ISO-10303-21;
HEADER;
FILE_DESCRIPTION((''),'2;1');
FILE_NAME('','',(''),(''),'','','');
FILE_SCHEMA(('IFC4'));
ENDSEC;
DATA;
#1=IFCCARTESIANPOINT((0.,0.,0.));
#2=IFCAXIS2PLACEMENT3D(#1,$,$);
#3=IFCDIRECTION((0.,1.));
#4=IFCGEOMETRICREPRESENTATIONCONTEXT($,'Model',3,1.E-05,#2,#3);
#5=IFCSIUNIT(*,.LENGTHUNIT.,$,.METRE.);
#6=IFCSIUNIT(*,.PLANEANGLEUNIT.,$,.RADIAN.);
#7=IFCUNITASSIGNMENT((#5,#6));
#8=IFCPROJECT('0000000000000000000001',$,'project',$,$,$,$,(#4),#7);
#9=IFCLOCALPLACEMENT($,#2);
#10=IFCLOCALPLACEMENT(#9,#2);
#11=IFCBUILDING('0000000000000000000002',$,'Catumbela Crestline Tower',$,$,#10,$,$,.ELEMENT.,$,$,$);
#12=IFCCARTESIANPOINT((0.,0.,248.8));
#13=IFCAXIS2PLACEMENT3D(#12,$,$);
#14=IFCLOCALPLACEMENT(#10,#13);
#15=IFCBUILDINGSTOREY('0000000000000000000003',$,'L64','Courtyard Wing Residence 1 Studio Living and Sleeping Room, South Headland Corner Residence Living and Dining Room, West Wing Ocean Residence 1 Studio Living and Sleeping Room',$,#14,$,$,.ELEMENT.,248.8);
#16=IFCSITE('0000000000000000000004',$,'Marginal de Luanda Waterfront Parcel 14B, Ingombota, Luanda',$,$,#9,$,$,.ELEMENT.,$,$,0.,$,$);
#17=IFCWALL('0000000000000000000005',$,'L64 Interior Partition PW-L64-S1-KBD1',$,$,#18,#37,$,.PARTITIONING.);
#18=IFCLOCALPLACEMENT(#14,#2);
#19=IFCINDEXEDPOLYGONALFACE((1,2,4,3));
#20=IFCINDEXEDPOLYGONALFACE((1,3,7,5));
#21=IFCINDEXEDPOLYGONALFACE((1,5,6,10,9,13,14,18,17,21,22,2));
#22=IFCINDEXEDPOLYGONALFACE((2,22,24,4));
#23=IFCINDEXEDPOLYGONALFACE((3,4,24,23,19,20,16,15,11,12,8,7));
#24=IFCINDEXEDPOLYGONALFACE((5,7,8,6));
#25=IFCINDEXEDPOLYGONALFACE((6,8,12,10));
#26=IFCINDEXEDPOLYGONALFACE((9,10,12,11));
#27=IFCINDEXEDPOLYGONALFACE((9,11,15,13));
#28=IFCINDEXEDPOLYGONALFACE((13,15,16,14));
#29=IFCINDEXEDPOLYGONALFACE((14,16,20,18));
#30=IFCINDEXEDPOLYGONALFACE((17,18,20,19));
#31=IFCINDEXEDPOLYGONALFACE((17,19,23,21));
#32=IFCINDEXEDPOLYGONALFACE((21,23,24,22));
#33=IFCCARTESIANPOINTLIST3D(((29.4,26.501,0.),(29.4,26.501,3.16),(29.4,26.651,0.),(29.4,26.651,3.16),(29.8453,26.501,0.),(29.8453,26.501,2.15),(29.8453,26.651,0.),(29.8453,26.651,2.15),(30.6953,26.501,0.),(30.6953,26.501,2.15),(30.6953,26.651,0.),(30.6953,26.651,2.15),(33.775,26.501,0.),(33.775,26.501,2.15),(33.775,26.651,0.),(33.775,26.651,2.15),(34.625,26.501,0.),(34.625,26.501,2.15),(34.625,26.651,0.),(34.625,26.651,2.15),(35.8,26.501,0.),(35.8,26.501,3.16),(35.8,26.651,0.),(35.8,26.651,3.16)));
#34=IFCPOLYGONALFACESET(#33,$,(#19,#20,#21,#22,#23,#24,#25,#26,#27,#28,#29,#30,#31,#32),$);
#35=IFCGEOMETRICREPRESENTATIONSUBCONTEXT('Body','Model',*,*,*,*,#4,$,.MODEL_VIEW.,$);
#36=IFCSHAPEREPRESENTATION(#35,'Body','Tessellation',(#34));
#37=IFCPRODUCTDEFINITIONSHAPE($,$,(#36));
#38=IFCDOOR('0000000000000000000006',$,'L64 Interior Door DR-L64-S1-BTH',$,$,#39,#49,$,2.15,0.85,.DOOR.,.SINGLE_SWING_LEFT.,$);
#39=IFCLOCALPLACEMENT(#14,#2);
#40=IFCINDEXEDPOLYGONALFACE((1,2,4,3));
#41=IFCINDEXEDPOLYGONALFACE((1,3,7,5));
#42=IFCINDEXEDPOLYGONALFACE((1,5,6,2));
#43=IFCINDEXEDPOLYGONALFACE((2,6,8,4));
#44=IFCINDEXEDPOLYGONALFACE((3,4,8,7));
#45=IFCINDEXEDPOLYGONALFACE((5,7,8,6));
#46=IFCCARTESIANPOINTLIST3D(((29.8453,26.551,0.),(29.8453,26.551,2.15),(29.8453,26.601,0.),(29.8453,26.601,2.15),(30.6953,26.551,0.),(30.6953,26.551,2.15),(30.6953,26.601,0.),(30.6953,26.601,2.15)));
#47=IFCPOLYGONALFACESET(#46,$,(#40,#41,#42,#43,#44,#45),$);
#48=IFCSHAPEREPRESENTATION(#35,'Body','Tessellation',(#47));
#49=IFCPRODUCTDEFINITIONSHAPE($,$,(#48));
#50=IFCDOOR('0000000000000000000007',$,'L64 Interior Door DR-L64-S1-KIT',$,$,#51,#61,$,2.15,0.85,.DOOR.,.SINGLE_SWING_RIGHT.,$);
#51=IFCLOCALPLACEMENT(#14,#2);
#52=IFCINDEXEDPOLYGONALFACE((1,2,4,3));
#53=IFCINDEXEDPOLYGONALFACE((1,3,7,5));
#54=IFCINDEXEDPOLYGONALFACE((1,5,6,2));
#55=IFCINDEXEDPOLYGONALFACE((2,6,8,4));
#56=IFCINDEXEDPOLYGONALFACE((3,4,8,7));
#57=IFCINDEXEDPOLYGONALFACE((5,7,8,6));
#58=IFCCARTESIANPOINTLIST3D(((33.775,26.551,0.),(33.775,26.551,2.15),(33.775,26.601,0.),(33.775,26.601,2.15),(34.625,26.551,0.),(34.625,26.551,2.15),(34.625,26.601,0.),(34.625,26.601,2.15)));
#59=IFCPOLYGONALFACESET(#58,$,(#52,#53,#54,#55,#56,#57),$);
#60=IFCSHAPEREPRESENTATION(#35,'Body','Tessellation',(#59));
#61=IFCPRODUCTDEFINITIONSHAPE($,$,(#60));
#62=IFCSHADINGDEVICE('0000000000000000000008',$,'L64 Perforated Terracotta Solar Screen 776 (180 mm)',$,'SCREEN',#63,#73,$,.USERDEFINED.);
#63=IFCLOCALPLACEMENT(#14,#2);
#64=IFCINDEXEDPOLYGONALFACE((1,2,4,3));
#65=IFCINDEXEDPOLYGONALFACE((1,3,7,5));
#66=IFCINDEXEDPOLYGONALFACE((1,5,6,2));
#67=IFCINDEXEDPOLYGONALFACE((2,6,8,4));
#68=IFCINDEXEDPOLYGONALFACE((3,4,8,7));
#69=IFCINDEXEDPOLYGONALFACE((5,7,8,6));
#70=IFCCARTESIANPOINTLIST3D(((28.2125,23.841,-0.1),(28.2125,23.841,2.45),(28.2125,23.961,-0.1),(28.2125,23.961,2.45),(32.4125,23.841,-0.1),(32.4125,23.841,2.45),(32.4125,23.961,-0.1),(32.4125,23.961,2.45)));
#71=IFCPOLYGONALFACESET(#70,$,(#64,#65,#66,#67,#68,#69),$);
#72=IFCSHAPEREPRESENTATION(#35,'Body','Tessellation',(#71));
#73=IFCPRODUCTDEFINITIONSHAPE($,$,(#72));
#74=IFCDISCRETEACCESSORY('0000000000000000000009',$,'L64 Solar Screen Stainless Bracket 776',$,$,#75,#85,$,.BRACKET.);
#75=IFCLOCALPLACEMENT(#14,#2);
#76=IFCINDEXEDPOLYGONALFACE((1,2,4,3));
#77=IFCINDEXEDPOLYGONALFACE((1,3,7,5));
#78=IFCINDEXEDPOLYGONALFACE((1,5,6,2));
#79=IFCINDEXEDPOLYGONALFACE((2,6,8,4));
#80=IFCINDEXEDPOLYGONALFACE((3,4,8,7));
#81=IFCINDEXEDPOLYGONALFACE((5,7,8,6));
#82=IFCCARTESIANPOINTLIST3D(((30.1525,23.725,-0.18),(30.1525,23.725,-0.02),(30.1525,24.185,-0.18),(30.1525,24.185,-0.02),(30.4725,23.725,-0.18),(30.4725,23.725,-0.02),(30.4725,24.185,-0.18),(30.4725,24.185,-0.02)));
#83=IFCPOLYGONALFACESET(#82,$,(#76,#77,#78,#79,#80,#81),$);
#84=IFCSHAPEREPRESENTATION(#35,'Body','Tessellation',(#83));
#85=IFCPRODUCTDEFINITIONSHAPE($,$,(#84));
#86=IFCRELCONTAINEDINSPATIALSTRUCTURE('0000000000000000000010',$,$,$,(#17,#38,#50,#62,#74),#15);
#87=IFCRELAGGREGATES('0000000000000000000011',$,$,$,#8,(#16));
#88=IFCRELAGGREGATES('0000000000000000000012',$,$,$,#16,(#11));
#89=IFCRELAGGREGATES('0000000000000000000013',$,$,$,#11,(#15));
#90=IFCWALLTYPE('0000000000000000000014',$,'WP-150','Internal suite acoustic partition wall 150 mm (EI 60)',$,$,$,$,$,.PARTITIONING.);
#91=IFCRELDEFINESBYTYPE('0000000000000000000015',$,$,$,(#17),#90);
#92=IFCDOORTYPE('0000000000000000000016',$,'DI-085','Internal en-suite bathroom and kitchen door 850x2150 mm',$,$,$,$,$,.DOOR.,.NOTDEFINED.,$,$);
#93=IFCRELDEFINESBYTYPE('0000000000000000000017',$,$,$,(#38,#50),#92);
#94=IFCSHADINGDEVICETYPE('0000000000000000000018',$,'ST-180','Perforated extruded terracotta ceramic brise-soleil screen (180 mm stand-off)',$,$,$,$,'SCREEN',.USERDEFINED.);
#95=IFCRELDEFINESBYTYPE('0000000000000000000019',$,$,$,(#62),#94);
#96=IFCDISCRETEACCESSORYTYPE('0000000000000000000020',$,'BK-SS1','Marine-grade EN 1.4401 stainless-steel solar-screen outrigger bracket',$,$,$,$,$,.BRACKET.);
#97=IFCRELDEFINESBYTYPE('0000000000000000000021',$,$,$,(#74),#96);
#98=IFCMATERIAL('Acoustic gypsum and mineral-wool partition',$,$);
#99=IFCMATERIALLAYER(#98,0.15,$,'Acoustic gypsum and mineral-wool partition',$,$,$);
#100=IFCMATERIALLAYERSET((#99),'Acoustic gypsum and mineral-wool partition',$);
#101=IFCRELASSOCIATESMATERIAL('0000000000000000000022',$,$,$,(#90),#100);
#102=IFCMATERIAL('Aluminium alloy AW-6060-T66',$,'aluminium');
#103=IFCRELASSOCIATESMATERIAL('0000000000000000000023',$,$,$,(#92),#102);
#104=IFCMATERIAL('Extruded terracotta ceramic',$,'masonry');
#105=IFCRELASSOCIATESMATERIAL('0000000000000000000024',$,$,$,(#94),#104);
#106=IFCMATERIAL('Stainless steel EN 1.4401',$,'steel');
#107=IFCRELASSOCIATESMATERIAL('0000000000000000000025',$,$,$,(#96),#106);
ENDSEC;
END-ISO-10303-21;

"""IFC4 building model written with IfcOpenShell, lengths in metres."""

from ifc_helpers import new_model, si_unit, direction, frame, frame_2d, origin, origin_2d, place, context, subcontext, project, spatial, rectangle, extrude, material, layer, layer_set, type_object, element, fill, save


model = new_model("IFC4")

# Units and contexts
model_context = context("Model", 3, precision=1e-05, world=origin(), true_north=direction((0.0, 1.0)))
body_context = subcontext(model_context, "Body", "Model", "MODEL_VIEW")
ifc_project = project(units=[si_unit("LENGTHUNIT", "METRE"), si_unit("PLANEANGLEUNIT", "RADIAN")], contexts=[model_context])

# Site, building, storey
site_placement = place(None, origin())
site = spatial("IfcSite", under=ifc_project, at=site_placement, Name="Marginal de Luanda Waterfront Parcel 14B, Ingombota, Luanda", CompositionType="ELEMENT", RefElevation=0.0)
building_placement = place(site_placement, origin())
building = spatial("IfcBuilding", under=site, at=building_placement, Name="Catumbela Crestline Tower", CompositionType="ELEMENT")
storey_placement = place(building_placement, frame((0.0, 0.0, 248.8)))
storey = spatial("IfcBuildingStorey", under=building, at=storey_placement, Name="L64", Description="Courtyard Wing Residence 1 Studio Living and Sleeping Room, South Headland Corner Residence Living and Dining Room, West Wing Ocean Residence 1 Studio Living and Sleeping Room", CompositionType="ELEMENT", Elevation=248.8)

# Shared definitions
ifc_material_1 = material(Name="Aluminium alloy AW-6060-T66", Category="aluminium")

# Shared definitions
ifc_material_2 = material(Name="Acoustic gypsum and mineral-wool partition")
ifc_layer_1 = layer(ifc_material_2, 0.15, Name="Acoustic gypsum and mineral-wool partition")
ifc_layer_set_1 = layer_set([ifc_layer_1], Name="Acoustic gypsum and mineral-wool partition")
wall_type_1 = type_object("IfcWallType", Name="WP-150", Description="Internal suite acoustic partition wall 150 mm (EI 60)", PredefinedType="PARTITIONING", material=ifc_layer_set_1)

# Wall, openings, doors
wall_1_placement = place(storey_placement, frame((29.4, 26.576, 0.0), z_axis=(0.0, 0.0, 1.0), x_axis=(1.0, 0.0, 0.0)))
wall_1 = element("IfcWall", 1, at=wall_1_placement, inside=storey, type_object=wall_type_1, Name="L64 Interior Partition PW-L64-S1-KBD1", PredefinedType="PARTITIONING", context=body_context, shape_type="SweptSolid", body=[
    extrude(rectangle(XDim=6.4, YDim=0.15, at=frame_2d((3.2, 0.0))), origin(), (0.0, 0.0, 1.0), 3.16),
])
opening_1_placement = place(wall_1_placement, frame((0.4453, 0.0, 0.0)))
opening_1 = element("IfcOpeningElement", 2, at=opening_1_placement, cuts=wall_1, PredefinedType="OPENING", context=body_context, shape_type="SweptSolid", body=[
    extrude(rectangle(XDim=0.85, YDim=2.15, at=frame_2d((0.425, 1.075))), frame((0.0, 0.085, 0.0), z_axis=(0.0, -1.0, 0.0), x_axis=(1.0, 0.0, 0.0)), (0.0, 0.0, 1.0), 0.17),
])
opening_2_placement = place(wall_1_placement, frame((4.375, 0.0, 0.0)))
opening_2 = element("IfcOpeningElement", 3, at=opening_2_placement, cuts=wall_1, PredefinedType="OPENING", context=body_context, shape_type="SweptSolid", body=[
    extrude(rectangle(XDim=0.85, YDim=2.15, at=frame_2d((0.425, 1.075))), frame((0.0, 0.085, 0.0), z_axis=(0.0, -1.0, 0.0), x_axis=(1.0, 0.0, 0.0)), (0.0, 0.0, 1.0), 0.17),
])
door_type_1 = type_object("IfcDoorType", Name="DI-085", Description="Internal en-suite bathroom and kitchen door 850x2150 mm", OperationType="NOTDEFINED", PredefinedType="DOOR", material=ifc_material_1)
door_1_placement = place(opening_1_placement, origin())
door_1 = element("IfcDoor", 4, at=door_1_placement, inside=storey, type_object=door_type_1, Name="L64 Interior Door DR-L64-S1-BTH", OperationType="SINGLE_SWING_LEFT", OverallHeight=2.15, OverallWidth=0.85, PredefinedType="DOOR", context=body_context, shape_type="SweptSolid", body=[
    extrude(rectangle(XDim=0.85, YDim=2.15, at=frame_2d((0.425, 1.075))), frame((0.0, 0.025, 0.0), z_axis=(0.0, -1.0, 0.0), x_axis=(1.0, 0.0, 0.0)), (0.0, 0.0, 1.0), 0.05),
])
fill(opening_1, door_1)
door_2_placement = place(opening_2_placement, origin())
door_2 = element("IfcDoor", 5, at=door_2_placement, inside=storey, type_object=door_type_1, Name="L64 Interior Door DR-L64-S1-KIT", OperationType="SINGLE_SWING_RIGHT", OverallHeight=2.15, OverallWidth=0.85, PredefinedType="DOOR", context=body_context, shape_type="SweptSolid", body=[
    extrude(rectangle(XDim=0.85, YDim=2.15, at=frame_2d((0.425, 1.075))), frame((0.0, 0.025, 0.0), z_axis=(0.0, -1.0, 0.0), x_axis=(1.0, 0.0, 0.0)), (0.0, 0.0, 1.0), 0.05),
])
fill(opening_2, door_2)

# Shading device
ifc_material_3 = material(Name="Extruded terracotta ceramic", Category="masonry")
shading_device_type = type_object("IfcShadingDeviceType", Name="ST-180", Description="Perforated extruded terracotta ceramic brise-soleil screen (180 mm stand-off)", ElementType="SCREEN", PredefinedType="USERDEFINED", material=ifc_material_3)
shading_device_placement = place(storey_placement, frame((30.3125, 23.901, -0.1), z_axis=(0.0, 0.0, 1.0), x_axis=(1.0, 0.0, 0.0)))
element("IfcShadingDevice", 6, at=shading_device_placement, inside=storey, type_object=shading_device_type, Name="L64 Perforated Terracotta Solar Screen 776 (180 mm)", ObjectType="SCREEN", PredefinedType="USERDEFINED", context=body_context, shape_type="SweptSolid", body=[
    extrude(rectangle(XDim=4.2, YDim=0.12, at=origin_2d()), origin(), (0.0, 0.0, 1.0), 2.55),
])

# Discrete accessory
ifc_material_4 = material(Name="Stainless steel EN 1.4401", Category="steel")
discrete_accessory_type = type_object("IfcDiscreteAccessoryType", Name="BK-SS1", Description="Marine-grade EN 1.4401 stainless-steel solar-screen outrigger bracket", PredefinedType="BRACKET", material=ifc_material_4)
discrete_accessory_placement = place(storey_placement, frame((30.3125, 23.955, -0.18), z_axis=(0.0, 0.0, 1.0), x_axis=(1.0, 0.0, 0.0)))
element("IfcDiscreteAccessory", 7, at=discrete_accessory_placement, inside=storey, type_object=discrete_accessory_type, Name="L64 Solar Screen Stainless Bracket 776", PredefinedType="BRACKET", context=body_context, shape_type="SweptSolid", body=[
    extrude(rectangle(XDim=0.32, YDim=0.46, at=origin_2d()), origin(), (0.0, 0.0, 1.0), 0.16),
])

save(model, "model.ifc")
